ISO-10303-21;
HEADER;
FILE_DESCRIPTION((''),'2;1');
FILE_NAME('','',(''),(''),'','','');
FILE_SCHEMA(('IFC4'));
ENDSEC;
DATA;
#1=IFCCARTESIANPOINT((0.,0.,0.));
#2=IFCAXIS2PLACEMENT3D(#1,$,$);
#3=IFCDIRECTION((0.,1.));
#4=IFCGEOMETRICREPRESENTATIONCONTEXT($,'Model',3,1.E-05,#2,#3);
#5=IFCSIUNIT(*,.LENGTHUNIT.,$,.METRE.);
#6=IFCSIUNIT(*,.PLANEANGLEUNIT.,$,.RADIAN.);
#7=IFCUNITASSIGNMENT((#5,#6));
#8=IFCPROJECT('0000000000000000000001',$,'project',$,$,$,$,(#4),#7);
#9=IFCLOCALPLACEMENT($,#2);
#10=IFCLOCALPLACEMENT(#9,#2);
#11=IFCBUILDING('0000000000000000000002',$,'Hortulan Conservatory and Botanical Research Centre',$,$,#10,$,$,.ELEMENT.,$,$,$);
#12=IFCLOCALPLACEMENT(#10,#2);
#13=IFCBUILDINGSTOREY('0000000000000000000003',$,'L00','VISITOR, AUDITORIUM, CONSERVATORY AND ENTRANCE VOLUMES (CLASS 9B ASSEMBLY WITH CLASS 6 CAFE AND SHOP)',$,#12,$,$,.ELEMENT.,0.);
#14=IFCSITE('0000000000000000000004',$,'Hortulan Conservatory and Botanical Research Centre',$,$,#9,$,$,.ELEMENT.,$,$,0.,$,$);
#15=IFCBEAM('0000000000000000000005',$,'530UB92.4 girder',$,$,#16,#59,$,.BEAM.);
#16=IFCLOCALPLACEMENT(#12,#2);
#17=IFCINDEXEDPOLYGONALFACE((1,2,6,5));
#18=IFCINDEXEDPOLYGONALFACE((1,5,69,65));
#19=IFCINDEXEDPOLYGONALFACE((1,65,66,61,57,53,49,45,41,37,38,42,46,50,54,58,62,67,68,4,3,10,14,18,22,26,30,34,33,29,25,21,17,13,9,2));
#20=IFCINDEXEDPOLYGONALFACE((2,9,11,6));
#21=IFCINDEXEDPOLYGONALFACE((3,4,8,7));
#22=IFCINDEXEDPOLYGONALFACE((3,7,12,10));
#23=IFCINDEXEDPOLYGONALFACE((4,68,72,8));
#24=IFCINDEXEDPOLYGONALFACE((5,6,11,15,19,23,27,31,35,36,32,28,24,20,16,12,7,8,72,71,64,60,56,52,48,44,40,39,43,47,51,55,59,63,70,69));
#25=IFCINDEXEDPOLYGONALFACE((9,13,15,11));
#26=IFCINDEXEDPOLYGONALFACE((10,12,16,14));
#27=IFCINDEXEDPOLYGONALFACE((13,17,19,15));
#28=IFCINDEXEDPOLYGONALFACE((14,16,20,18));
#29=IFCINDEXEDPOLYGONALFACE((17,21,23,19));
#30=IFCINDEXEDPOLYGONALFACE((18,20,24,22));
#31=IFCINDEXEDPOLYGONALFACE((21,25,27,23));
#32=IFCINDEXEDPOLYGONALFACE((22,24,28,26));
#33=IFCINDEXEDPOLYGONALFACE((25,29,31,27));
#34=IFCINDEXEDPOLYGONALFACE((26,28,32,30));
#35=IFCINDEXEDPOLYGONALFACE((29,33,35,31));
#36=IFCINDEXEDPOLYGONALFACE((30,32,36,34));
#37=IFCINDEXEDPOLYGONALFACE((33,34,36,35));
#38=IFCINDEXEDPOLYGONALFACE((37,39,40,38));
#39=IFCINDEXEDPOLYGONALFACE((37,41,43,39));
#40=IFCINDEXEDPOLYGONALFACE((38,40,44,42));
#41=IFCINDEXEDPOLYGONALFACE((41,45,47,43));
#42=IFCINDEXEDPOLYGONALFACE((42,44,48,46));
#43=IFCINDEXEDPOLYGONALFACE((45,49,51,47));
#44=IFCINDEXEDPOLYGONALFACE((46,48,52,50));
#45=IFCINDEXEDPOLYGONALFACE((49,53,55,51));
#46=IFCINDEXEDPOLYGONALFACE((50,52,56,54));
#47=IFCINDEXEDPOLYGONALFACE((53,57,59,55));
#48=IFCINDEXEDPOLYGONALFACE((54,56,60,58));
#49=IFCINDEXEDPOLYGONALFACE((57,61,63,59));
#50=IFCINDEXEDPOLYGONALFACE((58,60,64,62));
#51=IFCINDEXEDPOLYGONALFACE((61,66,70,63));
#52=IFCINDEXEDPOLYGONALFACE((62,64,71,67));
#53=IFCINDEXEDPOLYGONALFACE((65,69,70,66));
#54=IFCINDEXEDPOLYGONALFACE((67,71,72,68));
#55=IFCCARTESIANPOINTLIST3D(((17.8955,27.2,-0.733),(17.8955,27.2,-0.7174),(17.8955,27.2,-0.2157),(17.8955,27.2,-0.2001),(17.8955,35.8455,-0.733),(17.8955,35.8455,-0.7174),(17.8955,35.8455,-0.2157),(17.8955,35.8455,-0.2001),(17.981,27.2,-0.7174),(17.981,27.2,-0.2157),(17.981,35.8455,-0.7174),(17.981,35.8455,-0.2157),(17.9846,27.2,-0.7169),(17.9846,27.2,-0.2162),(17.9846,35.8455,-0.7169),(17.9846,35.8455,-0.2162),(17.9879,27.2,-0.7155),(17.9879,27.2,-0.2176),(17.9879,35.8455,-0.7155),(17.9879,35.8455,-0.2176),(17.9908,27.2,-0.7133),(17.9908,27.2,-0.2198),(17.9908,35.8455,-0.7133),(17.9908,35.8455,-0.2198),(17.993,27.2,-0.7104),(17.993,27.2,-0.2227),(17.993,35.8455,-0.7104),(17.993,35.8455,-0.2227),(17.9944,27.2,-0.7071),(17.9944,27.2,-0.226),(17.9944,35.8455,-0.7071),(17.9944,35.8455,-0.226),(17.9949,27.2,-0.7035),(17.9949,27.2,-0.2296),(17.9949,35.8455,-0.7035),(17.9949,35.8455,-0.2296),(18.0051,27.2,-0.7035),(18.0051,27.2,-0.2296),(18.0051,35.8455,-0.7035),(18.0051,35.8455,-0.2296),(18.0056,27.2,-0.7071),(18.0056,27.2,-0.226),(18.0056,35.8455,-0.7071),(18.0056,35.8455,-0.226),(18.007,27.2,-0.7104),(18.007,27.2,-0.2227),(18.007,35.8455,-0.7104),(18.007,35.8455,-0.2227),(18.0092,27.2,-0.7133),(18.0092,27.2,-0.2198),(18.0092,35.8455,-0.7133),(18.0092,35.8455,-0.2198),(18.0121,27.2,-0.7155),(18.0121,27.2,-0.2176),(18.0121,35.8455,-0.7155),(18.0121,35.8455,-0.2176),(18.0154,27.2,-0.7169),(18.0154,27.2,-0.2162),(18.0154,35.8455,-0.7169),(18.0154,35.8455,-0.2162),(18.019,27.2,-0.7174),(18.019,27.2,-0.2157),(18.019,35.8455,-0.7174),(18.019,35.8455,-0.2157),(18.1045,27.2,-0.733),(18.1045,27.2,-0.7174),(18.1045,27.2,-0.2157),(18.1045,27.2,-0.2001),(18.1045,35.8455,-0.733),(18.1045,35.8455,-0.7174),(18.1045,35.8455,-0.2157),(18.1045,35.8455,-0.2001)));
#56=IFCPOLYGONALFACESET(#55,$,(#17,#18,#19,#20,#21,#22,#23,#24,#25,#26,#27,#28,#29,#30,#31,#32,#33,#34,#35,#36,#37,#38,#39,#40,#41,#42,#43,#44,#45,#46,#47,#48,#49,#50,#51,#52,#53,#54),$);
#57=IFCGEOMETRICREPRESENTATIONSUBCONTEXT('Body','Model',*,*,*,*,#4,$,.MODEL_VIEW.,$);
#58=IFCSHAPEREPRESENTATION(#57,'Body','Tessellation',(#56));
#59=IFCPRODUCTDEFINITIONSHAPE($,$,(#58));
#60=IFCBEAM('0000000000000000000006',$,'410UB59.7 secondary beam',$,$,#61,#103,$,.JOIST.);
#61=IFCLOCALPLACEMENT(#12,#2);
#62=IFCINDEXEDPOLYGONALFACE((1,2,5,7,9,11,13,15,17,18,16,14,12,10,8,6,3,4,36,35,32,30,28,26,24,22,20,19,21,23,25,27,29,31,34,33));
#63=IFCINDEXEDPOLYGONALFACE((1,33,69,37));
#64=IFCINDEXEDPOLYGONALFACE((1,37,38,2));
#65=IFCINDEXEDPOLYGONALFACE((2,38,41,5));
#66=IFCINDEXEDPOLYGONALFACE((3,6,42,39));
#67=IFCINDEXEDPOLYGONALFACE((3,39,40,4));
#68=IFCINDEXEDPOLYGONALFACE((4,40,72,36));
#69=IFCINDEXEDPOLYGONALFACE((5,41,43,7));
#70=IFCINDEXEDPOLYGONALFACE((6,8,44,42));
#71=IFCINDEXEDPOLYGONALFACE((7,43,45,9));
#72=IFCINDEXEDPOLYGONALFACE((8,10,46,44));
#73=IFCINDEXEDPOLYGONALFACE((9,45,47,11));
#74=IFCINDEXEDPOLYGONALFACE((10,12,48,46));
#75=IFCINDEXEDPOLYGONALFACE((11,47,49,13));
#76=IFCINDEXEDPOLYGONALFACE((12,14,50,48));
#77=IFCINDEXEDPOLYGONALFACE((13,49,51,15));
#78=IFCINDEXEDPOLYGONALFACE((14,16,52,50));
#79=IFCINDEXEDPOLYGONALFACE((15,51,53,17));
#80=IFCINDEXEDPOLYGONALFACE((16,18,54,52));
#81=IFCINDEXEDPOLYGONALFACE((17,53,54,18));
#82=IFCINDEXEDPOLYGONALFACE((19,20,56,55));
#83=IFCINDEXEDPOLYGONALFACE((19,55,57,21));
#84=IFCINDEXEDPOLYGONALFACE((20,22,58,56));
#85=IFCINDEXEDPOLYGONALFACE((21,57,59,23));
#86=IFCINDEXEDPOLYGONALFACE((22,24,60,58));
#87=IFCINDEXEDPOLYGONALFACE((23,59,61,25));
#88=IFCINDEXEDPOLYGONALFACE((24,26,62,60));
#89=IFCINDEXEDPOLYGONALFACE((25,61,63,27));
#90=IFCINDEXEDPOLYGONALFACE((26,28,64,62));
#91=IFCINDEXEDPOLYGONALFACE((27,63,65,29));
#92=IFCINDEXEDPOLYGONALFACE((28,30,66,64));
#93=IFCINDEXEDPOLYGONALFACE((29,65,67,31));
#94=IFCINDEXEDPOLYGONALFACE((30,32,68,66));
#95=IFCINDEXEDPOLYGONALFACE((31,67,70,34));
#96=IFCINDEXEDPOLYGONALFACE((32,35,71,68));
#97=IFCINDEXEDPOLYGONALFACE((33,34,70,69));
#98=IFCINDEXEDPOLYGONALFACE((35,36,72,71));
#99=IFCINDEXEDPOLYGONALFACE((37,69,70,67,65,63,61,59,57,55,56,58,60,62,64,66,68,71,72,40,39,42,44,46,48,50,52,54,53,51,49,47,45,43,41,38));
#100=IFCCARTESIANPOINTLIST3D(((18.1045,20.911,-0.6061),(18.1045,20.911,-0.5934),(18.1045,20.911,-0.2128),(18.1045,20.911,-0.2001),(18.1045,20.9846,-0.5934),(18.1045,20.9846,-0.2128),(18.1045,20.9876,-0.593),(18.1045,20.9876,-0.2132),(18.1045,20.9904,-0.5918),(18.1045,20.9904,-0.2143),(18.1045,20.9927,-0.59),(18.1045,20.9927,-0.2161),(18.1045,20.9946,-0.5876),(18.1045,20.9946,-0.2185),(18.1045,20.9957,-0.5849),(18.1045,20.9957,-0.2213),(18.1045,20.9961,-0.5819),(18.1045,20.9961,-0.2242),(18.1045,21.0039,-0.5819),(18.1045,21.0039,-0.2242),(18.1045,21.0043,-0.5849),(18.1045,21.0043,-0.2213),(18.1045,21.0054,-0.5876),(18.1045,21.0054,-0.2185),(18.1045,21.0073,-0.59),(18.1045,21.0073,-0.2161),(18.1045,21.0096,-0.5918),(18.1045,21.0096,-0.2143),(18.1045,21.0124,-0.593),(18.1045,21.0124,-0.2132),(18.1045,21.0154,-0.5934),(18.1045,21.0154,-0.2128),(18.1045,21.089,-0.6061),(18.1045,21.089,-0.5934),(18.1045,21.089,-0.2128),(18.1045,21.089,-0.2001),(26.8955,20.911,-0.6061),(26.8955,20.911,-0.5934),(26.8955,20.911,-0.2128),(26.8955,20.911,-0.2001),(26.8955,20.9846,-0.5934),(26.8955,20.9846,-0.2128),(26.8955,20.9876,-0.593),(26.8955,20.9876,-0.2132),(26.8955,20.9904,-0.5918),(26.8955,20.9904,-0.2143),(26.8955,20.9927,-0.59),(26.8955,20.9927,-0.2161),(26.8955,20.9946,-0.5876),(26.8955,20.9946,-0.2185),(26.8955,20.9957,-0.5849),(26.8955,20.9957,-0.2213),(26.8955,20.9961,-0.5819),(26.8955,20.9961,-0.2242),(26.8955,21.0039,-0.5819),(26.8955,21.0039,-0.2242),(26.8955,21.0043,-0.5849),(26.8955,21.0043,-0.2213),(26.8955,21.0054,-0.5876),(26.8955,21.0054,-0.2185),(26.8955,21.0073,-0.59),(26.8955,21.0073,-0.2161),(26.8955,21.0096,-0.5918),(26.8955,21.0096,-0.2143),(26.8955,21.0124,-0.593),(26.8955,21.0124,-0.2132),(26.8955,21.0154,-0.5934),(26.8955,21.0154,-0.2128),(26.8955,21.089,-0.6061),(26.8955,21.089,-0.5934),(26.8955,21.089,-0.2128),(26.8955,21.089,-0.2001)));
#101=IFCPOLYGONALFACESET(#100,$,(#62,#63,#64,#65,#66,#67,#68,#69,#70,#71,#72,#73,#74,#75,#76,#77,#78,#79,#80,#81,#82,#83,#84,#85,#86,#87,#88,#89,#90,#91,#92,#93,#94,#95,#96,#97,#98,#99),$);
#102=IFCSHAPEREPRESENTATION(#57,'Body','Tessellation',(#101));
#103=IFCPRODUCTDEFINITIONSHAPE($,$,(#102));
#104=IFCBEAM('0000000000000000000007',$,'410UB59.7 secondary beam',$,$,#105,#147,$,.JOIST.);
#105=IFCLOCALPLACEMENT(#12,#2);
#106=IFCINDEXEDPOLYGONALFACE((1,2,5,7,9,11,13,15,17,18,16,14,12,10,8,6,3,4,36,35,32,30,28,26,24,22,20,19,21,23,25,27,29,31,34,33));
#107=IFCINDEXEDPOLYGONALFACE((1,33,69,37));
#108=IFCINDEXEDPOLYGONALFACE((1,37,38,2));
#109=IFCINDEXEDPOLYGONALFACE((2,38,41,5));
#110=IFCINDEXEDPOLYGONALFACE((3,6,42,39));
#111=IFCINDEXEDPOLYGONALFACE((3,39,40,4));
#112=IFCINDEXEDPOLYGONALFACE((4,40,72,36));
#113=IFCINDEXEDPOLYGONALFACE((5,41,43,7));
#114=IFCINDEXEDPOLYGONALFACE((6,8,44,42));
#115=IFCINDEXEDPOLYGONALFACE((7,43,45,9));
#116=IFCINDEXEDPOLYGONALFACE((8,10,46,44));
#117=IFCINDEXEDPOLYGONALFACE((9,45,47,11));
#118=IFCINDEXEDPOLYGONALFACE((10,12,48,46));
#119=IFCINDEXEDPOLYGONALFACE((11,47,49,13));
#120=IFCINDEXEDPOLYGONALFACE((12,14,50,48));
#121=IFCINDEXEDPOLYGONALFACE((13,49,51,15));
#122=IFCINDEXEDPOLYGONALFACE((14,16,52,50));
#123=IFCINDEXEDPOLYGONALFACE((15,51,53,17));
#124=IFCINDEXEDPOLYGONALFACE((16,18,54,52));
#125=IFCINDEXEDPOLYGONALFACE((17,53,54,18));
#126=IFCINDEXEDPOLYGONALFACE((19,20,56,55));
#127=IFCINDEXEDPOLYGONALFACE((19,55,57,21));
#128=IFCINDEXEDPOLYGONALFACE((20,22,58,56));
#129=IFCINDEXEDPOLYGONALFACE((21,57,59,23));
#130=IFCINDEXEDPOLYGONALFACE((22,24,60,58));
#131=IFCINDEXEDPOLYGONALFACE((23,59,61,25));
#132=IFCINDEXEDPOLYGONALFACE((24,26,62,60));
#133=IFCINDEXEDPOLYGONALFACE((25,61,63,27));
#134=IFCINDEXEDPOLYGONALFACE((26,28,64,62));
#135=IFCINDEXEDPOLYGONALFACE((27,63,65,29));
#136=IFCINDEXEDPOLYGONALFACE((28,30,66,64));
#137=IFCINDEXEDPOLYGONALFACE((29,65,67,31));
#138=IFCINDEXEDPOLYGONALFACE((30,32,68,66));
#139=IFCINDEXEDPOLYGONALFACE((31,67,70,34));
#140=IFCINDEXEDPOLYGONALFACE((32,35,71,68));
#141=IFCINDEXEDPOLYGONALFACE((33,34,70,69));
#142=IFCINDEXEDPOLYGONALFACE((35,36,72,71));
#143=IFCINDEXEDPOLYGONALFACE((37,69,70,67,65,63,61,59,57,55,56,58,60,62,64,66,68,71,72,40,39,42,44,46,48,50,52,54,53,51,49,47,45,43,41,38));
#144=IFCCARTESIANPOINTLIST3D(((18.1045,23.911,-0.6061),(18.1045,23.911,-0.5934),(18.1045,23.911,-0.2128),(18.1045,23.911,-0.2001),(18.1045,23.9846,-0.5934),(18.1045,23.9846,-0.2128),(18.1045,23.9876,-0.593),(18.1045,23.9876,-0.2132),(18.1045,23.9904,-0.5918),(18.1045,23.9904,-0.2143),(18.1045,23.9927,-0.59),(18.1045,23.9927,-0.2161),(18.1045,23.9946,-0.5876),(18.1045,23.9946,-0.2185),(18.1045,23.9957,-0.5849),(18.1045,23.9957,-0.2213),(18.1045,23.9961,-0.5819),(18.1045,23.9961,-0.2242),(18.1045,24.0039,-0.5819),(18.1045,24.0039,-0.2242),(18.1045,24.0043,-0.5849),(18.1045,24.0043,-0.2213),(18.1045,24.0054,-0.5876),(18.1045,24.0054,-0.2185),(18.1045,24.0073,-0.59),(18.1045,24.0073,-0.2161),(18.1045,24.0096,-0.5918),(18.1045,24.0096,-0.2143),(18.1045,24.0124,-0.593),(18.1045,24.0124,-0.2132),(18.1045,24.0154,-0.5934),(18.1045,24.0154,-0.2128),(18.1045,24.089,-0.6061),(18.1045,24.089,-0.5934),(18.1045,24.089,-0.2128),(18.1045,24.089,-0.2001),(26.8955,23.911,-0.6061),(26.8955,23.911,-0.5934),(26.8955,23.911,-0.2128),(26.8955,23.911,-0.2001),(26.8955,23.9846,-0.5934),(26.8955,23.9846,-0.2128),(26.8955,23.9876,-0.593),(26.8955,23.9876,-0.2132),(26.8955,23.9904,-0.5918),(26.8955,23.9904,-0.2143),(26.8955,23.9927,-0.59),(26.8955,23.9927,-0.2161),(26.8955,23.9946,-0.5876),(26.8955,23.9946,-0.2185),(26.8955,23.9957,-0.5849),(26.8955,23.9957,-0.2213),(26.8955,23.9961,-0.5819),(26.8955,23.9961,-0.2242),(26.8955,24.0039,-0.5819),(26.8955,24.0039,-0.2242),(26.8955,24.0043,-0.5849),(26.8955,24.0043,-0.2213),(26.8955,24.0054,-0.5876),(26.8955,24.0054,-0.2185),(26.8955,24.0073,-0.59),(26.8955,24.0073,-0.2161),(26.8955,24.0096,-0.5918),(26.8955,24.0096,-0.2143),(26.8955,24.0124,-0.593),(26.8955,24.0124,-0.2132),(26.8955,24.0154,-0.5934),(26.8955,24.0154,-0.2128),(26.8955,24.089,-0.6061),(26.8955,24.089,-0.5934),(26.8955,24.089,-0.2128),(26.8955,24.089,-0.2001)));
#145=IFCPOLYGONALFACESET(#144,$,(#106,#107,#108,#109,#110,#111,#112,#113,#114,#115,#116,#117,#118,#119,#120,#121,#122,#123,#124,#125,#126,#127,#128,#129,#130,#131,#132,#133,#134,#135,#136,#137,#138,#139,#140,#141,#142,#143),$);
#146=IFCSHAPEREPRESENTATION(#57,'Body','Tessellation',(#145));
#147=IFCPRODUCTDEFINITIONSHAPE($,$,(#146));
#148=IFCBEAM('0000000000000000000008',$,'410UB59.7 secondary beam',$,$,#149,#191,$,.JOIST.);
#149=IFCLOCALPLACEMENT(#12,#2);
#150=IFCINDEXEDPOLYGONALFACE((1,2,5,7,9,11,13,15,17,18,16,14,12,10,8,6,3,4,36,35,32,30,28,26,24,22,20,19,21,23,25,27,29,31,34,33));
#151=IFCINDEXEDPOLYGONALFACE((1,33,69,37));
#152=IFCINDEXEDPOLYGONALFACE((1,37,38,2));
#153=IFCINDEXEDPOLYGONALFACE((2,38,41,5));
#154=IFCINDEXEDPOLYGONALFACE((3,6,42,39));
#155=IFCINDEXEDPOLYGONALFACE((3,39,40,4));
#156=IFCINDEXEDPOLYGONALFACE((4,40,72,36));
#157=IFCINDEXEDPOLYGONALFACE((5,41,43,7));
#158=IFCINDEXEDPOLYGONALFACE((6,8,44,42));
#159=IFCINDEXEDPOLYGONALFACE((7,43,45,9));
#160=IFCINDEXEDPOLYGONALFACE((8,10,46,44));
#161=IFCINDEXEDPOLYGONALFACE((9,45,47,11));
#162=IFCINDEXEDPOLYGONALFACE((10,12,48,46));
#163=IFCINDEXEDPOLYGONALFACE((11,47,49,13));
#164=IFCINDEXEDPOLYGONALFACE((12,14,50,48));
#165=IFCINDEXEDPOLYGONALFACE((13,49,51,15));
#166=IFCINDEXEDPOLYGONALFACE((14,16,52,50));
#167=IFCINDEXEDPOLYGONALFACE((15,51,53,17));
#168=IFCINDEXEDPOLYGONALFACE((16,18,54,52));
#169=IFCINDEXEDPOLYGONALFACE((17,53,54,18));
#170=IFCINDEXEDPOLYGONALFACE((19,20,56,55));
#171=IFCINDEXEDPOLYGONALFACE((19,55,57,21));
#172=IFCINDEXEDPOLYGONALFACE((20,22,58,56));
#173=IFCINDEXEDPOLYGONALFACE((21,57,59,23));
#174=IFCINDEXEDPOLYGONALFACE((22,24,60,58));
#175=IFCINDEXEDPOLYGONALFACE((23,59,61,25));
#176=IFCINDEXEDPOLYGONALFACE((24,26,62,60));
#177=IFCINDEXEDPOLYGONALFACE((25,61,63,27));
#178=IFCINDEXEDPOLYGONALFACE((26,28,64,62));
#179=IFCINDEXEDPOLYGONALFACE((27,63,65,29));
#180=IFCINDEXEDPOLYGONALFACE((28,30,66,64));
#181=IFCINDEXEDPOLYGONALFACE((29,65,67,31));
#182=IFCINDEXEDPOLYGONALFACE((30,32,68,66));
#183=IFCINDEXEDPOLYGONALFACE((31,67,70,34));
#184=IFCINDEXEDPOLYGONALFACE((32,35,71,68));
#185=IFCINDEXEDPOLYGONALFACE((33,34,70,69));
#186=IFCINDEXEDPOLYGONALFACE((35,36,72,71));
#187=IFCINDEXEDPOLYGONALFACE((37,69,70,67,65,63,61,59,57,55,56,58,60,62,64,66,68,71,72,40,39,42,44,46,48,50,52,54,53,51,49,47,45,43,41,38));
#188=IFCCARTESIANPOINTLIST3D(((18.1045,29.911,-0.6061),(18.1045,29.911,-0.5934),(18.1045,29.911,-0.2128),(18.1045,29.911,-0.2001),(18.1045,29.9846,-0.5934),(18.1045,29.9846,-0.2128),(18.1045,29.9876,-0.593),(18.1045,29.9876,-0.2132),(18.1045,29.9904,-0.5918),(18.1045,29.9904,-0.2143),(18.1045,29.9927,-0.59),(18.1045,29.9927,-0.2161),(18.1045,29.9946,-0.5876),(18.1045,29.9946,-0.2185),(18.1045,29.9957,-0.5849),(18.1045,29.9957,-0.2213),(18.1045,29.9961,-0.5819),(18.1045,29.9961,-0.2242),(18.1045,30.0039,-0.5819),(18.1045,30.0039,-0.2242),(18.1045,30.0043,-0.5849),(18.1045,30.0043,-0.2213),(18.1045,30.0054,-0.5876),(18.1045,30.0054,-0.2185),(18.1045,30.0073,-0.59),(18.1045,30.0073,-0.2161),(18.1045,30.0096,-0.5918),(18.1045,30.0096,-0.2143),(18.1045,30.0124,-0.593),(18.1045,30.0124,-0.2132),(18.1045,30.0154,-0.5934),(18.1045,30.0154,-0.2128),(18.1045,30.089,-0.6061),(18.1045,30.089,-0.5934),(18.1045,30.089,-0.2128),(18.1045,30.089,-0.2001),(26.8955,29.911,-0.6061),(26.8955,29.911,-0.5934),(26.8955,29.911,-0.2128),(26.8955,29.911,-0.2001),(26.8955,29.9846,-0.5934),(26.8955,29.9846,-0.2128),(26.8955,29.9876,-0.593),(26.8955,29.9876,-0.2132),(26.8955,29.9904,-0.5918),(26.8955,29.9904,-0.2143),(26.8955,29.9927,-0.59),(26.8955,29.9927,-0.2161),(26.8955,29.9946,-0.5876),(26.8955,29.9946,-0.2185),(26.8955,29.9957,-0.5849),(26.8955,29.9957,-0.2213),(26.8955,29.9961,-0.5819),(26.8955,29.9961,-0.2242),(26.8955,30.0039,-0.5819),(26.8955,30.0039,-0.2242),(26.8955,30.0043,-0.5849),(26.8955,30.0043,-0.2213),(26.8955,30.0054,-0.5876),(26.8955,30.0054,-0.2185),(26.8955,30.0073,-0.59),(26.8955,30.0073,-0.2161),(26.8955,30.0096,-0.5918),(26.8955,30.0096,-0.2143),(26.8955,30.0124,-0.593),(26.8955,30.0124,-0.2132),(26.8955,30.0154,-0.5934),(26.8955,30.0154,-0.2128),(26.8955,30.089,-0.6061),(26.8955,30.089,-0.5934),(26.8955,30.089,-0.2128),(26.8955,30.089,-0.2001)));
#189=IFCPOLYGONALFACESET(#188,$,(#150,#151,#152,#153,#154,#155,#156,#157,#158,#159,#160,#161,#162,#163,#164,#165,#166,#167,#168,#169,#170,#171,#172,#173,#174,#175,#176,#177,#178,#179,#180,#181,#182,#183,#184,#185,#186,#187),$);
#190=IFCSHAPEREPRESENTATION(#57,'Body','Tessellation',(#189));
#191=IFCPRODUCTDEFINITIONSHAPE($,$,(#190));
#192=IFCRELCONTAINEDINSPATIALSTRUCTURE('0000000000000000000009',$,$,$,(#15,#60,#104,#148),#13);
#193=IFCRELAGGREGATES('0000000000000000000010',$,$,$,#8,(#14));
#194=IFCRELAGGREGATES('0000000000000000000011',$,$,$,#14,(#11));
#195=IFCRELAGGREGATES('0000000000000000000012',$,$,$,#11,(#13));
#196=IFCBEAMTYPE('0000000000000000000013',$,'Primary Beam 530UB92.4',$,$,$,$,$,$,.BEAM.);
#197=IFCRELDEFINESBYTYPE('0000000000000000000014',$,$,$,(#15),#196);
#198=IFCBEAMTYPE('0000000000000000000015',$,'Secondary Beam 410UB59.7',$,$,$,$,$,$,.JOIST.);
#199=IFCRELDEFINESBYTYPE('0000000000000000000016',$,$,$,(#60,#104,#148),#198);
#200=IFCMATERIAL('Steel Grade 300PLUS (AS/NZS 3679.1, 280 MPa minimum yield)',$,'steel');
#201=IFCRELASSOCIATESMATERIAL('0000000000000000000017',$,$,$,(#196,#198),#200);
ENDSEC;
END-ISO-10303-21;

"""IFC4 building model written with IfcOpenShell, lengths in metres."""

from ifc_helpers import new_model, si_unit, direction, frame, origin, origin_2d, place, context, subcontext, project, spatial, i_section, extrude, material, material_profile, profile_set, type_object, element, save


model = new_model("IFC4")

# Units and contexts
model_context = context("Model", 3, precision=1e-05, world=origin(), true_north=direction((0.0, 1.0)))
body_context = subcontext(model_context, "Body", "Model", "MODEL_VIEW")
ifc_project = project(units=[si_unit("LENGTHUNIT", "METRE"), si_unit("PLANEANGLEUNIT", "RADIAN")], contexts=[model_context])

# Site, building, storey
site_placement = place(None, origin())
site = spatial("IfcSite", under=ifc_project, at=site_placement, Name="Hortulan Conservatory and Botanical Research Centre", CompositionType="ELEMENT", RefElevation=0.0)
building_placement = place(site_placement, origin())
building = spatial("IfcBuilding", under=site, at=building_placement, Name="Hortulan Conservatory and Botanical Research Centre", CompositionType="ELEMENT")
storey_placement = place(building_placement, origin())
storey = spatial("IfcBuildingStorey", under=building, at=storey_placement, Name="L00", Description="VISITOR, AUDITORIUM, CONSERVATORY AND ENTRANCE VOLUMES (CLASS 9B ASSEMBLY WITH CLASS 6 CAFE AND SHOP)", CompositionType="ELEMENT", Elevation=0.0)

# Shared definitions
ifc_material_1 = material(Name="Steel Grade 300PLUS (AS/NZS 3679.1, 280 MPa minimum yield)", Category="steel")

# Beams
ifc_material_profile_1 = material_profile(ifc_material_1, i_section(OverallWidth=0.209, OverallDepth=0.533, WebThickness=0.0103, FlangeThickness=0.0156, FilletRadius=0.0139, at=origin_2d()), Name="530UB92.4")
ifc_profile_set_1 = profile_set([ifc_material_profile_1], Name="Steel Grade 300PLUS (AS/NZS 3679.1, 280 MPa minimum yield)")
beam_type_1 = type_object("IfcBeamType", Name="Primary Beam 530UB92.4", PredefinedType="BEAM", material=ifc_profile_set_1)
beam_1_placement = place(storey_placement, frame((18.0, 27.2, -0.4666), z_axis=(0.0, 1.0, 0.0), x_axis=(-1.0, 0.0, 0.0)))
element("IfcBeam", 1, at=beam_1_placement, inside=storey, type_object=beam_type_1, Name="530UB92.4 girder", PredefinedType="BEAM", context=body_context, shape_type="SweptSolid", body=[
    extrude(i_section(OverallWidth=0.209, OverallDepth=0.533, WebThickness=0.0103, FlangeThickness=0.0156, FilletRadius=0.0139, at=origin_2d()), origin(), (0.0, 0.0, 1.0), 8.6455),
])
ifc_material_profile_2 = material_profile(ifc_material_1, i_section(OverallWidth=0.178, OverallDepth=0.406, WebThickness=0.0078, FlangeThickness=0.0127, FilletRadius=0.0115, at=origin_2d()), Name="410UB59.7")
ifc_profile_set_2 = profile_set([ifc_material_profile_2], Name="Steel Grade 300PLUS (AS/NZS 3679.1, 280 MPa minimum yield)")
beam_type_2 = type_object("IfcBeamType", Name="Secondary Beam 410UB59.7", PredefinedType="JOIST", material=ifc_profile_set_2)
for number, where, z_axis, x_axis, name in (
    (2, (18.1045, 21.0, -0.4031), (1.0, 0.0, 0.0), (0.0, 1.0, 0.0), "410UB59.7 secondary beam"),
    (3, (18.1045, 24.0, -0.4031), (1.0, 0.0, 0.0), (0.0, 1.0, 0.0), "410UB59.7 secondary beam"),
    (4, (18.1045, 30.0, -0.4031), (1.0, 0.0, 0.0), (0.0, 1.0, 0.0), "410UB59.7 secondary beam"),
):
    element("IfcBeam", number, at=place(storey_placement, frame(where, z_axis=z_axis, x_axis=x_axis)), inside=storey, type_object=beam_type_2, Name=name, PredefinedType="JOIST", context=body_context, shape_type="SweptSolid", body=[
        extrude(i_section(OverallWidth=0.178, OverallDepth=0.406, WebThickness=0.0078, FlangeThickness=0.0127, FilletRadius=0.0115, at=origin_2d()), origin(), (0.0, 0.0, 1.0), 8.791),
    ])

save(model, "model.ifc")
